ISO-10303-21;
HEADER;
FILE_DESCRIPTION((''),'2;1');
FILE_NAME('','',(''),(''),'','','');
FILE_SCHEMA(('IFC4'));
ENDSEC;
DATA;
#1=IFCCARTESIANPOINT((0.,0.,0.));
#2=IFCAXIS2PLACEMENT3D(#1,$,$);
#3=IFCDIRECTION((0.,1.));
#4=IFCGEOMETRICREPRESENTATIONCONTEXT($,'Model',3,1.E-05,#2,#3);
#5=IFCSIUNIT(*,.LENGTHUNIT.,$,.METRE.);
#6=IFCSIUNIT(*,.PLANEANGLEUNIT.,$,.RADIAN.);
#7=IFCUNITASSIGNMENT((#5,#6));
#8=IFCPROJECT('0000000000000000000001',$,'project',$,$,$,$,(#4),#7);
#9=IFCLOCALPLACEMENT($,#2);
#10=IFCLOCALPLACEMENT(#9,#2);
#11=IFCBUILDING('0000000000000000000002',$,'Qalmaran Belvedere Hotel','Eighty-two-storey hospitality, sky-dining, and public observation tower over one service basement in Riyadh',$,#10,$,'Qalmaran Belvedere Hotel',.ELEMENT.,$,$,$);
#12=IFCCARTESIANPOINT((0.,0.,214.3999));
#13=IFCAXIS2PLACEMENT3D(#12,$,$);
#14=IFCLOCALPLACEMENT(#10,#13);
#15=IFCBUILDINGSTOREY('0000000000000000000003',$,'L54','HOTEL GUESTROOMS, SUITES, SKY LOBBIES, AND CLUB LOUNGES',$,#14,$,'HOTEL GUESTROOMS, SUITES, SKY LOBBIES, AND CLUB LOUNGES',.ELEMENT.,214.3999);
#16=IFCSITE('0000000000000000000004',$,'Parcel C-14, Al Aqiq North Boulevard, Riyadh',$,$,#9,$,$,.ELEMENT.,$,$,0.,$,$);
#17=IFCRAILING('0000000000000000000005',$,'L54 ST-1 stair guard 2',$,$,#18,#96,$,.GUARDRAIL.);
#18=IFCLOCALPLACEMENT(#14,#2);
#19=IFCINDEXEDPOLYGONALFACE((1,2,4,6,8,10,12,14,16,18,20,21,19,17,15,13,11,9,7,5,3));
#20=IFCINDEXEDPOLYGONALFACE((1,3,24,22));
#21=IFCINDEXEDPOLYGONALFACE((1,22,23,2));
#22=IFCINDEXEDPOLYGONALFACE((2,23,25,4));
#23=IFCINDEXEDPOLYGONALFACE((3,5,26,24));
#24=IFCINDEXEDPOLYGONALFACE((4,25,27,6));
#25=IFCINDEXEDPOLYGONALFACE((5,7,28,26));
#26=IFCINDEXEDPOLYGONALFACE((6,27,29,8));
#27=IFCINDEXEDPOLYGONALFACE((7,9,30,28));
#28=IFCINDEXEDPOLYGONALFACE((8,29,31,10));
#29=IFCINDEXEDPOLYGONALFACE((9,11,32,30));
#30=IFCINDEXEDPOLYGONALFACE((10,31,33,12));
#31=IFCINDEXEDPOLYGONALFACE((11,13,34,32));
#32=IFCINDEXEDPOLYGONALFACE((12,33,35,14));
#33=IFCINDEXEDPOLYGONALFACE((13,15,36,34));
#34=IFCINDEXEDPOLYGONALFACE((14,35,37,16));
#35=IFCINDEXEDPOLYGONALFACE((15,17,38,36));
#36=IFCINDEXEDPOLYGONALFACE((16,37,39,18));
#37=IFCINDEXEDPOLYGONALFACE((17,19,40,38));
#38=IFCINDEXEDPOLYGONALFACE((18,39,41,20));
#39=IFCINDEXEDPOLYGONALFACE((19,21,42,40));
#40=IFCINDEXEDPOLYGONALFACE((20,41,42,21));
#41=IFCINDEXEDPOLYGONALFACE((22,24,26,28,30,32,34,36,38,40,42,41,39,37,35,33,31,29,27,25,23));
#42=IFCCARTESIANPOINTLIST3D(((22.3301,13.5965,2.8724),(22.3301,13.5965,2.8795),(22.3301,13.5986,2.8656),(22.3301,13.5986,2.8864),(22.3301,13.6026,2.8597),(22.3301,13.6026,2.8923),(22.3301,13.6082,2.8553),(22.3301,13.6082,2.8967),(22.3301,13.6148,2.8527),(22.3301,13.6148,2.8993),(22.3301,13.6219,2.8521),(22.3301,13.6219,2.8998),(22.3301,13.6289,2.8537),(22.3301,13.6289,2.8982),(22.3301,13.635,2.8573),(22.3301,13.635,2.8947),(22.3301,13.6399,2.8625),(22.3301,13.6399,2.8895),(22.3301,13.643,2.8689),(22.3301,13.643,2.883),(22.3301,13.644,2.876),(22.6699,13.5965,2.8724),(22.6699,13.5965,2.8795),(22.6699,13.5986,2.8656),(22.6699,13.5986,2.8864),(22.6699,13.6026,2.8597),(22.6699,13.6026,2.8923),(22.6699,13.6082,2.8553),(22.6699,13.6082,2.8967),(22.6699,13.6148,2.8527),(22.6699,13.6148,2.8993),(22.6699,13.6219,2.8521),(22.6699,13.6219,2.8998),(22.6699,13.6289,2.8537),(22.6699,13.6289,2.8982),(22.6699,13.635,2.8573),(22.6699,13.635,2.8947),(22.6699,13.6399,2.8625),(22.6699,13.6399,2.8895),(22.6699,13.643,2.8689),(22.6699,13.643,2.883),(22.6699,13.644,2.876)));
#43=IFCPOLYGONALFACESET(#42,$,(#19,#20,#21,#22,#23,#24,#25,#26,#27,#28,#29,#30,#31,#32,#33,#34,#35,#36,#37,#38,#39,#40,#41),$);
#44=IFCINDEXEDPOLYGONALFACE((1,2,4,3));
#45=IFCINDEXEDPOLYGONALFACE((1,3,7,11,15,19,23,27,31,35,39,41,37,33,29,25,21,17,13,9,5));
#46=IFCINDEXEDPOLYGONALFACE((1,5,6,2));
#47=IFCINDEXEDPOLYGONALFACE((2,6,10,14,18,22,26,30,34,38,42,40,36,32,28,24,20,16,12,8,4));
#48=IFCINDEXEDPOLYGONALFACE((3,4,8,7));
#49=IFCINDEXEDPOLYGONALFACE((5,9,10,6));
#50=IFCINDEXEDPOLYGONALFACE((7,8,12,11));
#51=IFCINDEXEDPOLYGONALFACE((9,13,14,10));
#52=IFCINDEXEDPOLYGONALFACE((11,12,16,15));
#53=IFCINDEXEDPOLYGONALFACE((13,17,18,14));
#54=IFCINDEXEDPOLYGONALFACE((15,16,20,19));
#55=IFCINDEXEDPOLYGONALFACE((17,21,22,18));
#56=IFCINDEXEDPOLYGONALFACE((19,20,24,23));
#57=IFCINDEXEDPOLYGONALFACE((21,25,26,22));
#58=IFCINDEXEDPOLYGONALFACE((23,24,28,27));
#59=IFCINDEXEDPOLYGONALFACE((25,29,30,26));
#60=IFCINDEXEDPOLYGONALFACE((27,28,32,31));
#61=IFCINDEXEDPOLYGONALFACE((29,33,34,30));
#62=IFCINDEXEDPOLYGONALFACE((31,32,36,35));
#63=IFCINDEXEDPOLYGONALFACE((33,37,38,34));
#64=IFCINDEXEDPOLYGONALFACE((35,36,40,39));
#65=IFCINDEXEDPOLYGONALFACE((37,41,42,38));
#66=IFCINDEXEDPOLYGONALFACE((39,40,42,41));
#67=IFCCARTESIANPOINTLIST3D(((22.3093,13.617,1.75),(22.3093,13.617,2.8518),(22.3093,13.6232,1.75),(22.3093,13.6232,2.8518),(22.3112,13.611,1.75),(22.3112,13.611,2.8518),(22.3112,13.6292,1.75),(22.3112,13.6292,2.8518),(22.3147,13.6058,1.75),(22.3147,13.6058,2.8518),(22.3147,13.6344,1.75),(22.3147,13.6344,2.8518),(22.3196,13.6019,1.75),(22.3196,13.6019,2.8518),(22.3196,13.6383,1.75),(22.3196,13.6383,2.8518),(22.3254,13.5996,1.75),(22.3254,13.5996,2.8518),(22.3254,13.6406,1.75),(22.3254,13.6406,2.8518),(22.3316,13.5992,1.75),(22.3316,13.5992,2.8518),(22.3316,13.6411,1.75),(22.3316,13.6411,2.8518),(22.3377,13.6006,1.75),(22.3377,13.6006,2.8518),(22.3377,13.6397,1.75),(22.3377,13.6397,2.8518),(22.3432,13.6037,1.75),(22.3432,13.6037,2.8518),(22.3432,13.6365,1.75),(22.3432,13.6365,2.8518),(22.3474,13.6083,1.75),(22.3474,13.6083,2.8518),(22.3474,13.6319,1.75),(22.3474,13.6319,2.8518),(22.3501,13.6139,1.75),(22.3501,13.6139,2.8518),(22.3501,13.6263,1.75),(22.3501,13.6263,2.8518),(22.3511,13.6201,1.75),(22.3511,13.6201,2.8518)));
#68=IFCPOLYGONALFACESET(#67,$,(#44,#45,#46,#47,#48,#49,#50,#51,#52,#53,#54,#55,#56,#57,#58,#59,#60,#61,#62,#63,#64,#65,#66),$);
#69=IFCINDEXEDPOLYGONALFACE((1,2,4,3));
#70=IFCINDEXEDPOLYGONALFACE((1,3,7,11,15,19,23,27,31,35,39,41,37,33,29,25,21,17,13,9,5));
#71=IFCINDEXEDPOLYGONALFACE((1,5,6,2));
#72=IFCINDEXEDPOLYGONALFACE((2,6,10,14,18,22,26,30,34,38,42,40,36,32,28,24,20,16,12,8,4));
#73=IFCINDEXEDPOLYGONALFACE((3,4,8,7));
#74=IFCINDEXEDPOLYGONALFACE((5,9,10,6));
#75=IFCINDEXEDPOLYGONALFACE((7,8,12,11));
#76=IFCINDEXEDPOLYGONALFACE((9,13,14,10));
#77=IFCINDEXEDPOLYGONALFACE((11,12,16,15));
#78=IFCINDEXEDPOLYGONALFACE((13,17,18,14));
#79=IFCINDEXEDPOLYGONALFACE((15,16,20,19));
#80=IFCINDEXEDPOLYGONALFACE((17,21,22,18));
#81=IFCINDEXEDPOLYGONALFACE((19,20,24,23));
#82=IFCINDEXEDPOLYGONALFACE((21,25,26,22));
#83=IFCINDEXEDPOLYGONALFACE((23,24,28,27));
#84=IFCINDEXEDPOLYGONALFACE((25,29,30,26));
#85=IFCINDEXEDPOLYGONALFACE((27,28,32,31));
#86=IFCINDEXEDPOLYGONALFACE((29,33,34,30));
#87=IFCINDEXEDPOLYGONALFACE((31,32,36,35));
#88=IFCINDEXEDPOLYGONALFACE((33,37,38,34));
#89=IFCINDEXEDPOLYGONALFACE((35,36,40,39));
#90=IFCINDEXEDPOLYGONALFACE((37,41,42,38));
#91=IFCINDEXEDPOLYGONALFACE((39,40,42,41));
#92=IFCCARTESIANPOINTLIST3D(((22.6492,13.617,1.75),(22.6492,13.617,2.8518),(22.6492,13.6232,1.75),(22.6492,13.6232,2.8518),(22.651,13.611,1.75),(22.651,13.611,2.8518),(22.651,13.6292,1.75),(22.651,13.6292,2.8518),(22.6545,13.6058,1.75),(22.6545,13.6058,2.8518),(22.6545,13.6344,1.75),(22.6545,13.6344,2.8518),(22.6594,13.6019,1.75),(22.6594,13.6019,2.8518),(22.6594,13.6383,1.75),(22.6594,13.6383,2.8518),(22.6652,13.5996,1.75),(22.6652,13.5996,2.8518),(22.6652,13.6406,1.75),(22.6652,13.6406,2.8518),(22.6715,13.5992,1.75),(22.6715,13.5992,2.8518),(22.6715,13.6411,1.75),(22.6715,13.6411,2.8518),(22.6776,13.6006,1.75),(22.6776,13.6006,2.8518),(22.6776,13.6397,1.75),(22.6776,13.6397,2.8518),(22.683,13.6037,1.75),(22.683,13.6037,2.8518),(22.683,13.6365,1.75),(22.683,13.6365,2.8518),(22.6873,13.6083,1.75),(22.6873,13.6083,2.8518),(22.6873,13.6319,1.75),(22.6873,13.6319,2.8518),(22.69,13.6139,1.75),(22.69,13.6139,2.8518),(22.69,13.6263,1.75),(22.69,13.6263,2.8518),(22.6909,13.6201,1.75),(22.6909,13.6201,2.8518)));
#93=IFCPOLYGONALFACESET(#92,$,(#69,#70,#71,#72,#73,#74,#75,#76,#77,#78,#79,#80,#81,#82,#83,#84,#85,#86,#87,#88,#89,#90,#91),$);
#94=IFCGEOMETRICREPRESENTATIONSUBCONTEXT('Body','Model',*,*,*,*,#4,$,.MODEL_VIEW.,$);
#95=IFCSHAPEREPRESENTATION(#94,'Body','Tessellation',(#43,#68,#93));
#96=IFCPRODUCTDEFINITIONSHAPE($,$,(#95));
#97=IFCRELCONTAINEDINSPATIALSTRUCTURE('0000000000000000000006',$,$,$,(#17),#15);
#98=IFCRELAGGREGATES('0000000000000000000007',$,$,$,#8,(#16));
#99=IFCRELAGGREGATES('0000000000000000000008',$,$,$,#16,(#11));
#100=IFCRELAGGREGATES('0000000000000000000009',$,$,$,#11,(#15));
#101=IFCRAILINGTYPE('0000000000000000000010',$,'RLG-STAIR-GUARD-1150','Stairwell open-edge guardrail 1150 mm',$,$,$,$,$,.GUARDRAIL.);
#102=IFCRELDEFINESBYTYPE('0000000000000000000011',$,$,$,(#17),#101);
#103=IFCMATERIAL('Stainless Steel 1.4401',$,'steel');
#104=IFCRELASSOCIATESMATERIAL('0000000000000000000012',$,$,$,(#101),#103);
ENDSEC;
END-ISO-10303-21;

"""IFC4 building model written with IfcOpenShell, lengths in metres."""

from ifc_helpers import new_model, si_unit, direction, frame, origin, origin_2d, place, context, subcontext, project, spatial, circle, extrude, material, type_object, element, save


model = new_model("IFC4")

# Units and contexts
model_context = context("Model", 3, precision=1e-05, world=origin(), true_north=direction((0.0, 1.0)))
body_context = subcontext(model_context, "Body", "Model", "MODEL_VIEW")
ifc_project = project(units=[si_unit("LENGTHUNIT", "METRE"), si_unit("PLANEANGLEUNIT", "RADIAN")], contexts=[model_context])

# Site, building, storey
site_placement = place(None, origin())
site = spatial("IfcSite", under=ifc_project, at=site_placement, Name="Parcel C-14, Al Aqiq North Boulevard, Riyadh", CompositionType="ELEMENT", RefElevation=0.0)
building_placement = place(site_placement, origin())
building = spatial("IfcBuilding", under=site, at=building_placement, Name="Qalmaran Belvedere Hotel", Description="Eighty-two-storey hospitality, sky-dining, and public observation tower over one service basement in Riyadh", LongName="Qalmaran Belvedere Hotel", CompositionType="ELEMENT")
storey_placement = place(building_placement, frame((0.0, 0.0, 214.3999)))
storey = spatial("IfcBuildingStorey", under=building, at=storey_placement, Name="L54", Description="HOTEL GUESTROOMS, SUITES, SKY LOBBIES, AND CLUB LOUNGES", LongName="HOTEL GUESTROOMS, SUITES, SKY LOBBIES, AND CLUB LOUNGES", CompositionType="ELEMENT", Elevation=214.3999)

# Shared definitions
ifc_material_1 = material(Name="Stainless Steel 1.4401", Category="steel")

# Railing
railing_type_1 = type_object("IfcRailingType", Name="RLG-STAIR-GUARD-1150", Description="Stairwell open-edge guardrail 1150 mm", PredefinedType="GUARDRAIL", material=ifc_material_1)
railing_1_placement = place(storey_placement, frame((22.3301, 13.6201, 1.75)))
element("IfcRailing", 1, at=railing_1_placement, inside=storey, type_object=railing_type_1, Name="L54 ST-1 stair guard 2", PredefinedType="GUARDRAIL", context=body_context, shape_type="SweptSolid", body=[
    extrude(circle(Radius=0.0239, at=origin_2d()), frame((0.0, 0.0, 1.126), z_axis=(1.0, 0.0, 0.0), x_axis=(0.0, 1.0, 0.0)), (0.0, 0.0, 1.0), 0.3398),
    extrude(circle(Radius=0.021, at=origin_2d()), origin(), (0.0, 0.0, 1.0), 1.1018),
    extrude(circle(Radius=0.021, at=origin_2d()), frame((0.3398, 0.0, 0.0)), (0.0, 0.0, 1.0), 1.1018),
])

save(model, "model.ifc")
